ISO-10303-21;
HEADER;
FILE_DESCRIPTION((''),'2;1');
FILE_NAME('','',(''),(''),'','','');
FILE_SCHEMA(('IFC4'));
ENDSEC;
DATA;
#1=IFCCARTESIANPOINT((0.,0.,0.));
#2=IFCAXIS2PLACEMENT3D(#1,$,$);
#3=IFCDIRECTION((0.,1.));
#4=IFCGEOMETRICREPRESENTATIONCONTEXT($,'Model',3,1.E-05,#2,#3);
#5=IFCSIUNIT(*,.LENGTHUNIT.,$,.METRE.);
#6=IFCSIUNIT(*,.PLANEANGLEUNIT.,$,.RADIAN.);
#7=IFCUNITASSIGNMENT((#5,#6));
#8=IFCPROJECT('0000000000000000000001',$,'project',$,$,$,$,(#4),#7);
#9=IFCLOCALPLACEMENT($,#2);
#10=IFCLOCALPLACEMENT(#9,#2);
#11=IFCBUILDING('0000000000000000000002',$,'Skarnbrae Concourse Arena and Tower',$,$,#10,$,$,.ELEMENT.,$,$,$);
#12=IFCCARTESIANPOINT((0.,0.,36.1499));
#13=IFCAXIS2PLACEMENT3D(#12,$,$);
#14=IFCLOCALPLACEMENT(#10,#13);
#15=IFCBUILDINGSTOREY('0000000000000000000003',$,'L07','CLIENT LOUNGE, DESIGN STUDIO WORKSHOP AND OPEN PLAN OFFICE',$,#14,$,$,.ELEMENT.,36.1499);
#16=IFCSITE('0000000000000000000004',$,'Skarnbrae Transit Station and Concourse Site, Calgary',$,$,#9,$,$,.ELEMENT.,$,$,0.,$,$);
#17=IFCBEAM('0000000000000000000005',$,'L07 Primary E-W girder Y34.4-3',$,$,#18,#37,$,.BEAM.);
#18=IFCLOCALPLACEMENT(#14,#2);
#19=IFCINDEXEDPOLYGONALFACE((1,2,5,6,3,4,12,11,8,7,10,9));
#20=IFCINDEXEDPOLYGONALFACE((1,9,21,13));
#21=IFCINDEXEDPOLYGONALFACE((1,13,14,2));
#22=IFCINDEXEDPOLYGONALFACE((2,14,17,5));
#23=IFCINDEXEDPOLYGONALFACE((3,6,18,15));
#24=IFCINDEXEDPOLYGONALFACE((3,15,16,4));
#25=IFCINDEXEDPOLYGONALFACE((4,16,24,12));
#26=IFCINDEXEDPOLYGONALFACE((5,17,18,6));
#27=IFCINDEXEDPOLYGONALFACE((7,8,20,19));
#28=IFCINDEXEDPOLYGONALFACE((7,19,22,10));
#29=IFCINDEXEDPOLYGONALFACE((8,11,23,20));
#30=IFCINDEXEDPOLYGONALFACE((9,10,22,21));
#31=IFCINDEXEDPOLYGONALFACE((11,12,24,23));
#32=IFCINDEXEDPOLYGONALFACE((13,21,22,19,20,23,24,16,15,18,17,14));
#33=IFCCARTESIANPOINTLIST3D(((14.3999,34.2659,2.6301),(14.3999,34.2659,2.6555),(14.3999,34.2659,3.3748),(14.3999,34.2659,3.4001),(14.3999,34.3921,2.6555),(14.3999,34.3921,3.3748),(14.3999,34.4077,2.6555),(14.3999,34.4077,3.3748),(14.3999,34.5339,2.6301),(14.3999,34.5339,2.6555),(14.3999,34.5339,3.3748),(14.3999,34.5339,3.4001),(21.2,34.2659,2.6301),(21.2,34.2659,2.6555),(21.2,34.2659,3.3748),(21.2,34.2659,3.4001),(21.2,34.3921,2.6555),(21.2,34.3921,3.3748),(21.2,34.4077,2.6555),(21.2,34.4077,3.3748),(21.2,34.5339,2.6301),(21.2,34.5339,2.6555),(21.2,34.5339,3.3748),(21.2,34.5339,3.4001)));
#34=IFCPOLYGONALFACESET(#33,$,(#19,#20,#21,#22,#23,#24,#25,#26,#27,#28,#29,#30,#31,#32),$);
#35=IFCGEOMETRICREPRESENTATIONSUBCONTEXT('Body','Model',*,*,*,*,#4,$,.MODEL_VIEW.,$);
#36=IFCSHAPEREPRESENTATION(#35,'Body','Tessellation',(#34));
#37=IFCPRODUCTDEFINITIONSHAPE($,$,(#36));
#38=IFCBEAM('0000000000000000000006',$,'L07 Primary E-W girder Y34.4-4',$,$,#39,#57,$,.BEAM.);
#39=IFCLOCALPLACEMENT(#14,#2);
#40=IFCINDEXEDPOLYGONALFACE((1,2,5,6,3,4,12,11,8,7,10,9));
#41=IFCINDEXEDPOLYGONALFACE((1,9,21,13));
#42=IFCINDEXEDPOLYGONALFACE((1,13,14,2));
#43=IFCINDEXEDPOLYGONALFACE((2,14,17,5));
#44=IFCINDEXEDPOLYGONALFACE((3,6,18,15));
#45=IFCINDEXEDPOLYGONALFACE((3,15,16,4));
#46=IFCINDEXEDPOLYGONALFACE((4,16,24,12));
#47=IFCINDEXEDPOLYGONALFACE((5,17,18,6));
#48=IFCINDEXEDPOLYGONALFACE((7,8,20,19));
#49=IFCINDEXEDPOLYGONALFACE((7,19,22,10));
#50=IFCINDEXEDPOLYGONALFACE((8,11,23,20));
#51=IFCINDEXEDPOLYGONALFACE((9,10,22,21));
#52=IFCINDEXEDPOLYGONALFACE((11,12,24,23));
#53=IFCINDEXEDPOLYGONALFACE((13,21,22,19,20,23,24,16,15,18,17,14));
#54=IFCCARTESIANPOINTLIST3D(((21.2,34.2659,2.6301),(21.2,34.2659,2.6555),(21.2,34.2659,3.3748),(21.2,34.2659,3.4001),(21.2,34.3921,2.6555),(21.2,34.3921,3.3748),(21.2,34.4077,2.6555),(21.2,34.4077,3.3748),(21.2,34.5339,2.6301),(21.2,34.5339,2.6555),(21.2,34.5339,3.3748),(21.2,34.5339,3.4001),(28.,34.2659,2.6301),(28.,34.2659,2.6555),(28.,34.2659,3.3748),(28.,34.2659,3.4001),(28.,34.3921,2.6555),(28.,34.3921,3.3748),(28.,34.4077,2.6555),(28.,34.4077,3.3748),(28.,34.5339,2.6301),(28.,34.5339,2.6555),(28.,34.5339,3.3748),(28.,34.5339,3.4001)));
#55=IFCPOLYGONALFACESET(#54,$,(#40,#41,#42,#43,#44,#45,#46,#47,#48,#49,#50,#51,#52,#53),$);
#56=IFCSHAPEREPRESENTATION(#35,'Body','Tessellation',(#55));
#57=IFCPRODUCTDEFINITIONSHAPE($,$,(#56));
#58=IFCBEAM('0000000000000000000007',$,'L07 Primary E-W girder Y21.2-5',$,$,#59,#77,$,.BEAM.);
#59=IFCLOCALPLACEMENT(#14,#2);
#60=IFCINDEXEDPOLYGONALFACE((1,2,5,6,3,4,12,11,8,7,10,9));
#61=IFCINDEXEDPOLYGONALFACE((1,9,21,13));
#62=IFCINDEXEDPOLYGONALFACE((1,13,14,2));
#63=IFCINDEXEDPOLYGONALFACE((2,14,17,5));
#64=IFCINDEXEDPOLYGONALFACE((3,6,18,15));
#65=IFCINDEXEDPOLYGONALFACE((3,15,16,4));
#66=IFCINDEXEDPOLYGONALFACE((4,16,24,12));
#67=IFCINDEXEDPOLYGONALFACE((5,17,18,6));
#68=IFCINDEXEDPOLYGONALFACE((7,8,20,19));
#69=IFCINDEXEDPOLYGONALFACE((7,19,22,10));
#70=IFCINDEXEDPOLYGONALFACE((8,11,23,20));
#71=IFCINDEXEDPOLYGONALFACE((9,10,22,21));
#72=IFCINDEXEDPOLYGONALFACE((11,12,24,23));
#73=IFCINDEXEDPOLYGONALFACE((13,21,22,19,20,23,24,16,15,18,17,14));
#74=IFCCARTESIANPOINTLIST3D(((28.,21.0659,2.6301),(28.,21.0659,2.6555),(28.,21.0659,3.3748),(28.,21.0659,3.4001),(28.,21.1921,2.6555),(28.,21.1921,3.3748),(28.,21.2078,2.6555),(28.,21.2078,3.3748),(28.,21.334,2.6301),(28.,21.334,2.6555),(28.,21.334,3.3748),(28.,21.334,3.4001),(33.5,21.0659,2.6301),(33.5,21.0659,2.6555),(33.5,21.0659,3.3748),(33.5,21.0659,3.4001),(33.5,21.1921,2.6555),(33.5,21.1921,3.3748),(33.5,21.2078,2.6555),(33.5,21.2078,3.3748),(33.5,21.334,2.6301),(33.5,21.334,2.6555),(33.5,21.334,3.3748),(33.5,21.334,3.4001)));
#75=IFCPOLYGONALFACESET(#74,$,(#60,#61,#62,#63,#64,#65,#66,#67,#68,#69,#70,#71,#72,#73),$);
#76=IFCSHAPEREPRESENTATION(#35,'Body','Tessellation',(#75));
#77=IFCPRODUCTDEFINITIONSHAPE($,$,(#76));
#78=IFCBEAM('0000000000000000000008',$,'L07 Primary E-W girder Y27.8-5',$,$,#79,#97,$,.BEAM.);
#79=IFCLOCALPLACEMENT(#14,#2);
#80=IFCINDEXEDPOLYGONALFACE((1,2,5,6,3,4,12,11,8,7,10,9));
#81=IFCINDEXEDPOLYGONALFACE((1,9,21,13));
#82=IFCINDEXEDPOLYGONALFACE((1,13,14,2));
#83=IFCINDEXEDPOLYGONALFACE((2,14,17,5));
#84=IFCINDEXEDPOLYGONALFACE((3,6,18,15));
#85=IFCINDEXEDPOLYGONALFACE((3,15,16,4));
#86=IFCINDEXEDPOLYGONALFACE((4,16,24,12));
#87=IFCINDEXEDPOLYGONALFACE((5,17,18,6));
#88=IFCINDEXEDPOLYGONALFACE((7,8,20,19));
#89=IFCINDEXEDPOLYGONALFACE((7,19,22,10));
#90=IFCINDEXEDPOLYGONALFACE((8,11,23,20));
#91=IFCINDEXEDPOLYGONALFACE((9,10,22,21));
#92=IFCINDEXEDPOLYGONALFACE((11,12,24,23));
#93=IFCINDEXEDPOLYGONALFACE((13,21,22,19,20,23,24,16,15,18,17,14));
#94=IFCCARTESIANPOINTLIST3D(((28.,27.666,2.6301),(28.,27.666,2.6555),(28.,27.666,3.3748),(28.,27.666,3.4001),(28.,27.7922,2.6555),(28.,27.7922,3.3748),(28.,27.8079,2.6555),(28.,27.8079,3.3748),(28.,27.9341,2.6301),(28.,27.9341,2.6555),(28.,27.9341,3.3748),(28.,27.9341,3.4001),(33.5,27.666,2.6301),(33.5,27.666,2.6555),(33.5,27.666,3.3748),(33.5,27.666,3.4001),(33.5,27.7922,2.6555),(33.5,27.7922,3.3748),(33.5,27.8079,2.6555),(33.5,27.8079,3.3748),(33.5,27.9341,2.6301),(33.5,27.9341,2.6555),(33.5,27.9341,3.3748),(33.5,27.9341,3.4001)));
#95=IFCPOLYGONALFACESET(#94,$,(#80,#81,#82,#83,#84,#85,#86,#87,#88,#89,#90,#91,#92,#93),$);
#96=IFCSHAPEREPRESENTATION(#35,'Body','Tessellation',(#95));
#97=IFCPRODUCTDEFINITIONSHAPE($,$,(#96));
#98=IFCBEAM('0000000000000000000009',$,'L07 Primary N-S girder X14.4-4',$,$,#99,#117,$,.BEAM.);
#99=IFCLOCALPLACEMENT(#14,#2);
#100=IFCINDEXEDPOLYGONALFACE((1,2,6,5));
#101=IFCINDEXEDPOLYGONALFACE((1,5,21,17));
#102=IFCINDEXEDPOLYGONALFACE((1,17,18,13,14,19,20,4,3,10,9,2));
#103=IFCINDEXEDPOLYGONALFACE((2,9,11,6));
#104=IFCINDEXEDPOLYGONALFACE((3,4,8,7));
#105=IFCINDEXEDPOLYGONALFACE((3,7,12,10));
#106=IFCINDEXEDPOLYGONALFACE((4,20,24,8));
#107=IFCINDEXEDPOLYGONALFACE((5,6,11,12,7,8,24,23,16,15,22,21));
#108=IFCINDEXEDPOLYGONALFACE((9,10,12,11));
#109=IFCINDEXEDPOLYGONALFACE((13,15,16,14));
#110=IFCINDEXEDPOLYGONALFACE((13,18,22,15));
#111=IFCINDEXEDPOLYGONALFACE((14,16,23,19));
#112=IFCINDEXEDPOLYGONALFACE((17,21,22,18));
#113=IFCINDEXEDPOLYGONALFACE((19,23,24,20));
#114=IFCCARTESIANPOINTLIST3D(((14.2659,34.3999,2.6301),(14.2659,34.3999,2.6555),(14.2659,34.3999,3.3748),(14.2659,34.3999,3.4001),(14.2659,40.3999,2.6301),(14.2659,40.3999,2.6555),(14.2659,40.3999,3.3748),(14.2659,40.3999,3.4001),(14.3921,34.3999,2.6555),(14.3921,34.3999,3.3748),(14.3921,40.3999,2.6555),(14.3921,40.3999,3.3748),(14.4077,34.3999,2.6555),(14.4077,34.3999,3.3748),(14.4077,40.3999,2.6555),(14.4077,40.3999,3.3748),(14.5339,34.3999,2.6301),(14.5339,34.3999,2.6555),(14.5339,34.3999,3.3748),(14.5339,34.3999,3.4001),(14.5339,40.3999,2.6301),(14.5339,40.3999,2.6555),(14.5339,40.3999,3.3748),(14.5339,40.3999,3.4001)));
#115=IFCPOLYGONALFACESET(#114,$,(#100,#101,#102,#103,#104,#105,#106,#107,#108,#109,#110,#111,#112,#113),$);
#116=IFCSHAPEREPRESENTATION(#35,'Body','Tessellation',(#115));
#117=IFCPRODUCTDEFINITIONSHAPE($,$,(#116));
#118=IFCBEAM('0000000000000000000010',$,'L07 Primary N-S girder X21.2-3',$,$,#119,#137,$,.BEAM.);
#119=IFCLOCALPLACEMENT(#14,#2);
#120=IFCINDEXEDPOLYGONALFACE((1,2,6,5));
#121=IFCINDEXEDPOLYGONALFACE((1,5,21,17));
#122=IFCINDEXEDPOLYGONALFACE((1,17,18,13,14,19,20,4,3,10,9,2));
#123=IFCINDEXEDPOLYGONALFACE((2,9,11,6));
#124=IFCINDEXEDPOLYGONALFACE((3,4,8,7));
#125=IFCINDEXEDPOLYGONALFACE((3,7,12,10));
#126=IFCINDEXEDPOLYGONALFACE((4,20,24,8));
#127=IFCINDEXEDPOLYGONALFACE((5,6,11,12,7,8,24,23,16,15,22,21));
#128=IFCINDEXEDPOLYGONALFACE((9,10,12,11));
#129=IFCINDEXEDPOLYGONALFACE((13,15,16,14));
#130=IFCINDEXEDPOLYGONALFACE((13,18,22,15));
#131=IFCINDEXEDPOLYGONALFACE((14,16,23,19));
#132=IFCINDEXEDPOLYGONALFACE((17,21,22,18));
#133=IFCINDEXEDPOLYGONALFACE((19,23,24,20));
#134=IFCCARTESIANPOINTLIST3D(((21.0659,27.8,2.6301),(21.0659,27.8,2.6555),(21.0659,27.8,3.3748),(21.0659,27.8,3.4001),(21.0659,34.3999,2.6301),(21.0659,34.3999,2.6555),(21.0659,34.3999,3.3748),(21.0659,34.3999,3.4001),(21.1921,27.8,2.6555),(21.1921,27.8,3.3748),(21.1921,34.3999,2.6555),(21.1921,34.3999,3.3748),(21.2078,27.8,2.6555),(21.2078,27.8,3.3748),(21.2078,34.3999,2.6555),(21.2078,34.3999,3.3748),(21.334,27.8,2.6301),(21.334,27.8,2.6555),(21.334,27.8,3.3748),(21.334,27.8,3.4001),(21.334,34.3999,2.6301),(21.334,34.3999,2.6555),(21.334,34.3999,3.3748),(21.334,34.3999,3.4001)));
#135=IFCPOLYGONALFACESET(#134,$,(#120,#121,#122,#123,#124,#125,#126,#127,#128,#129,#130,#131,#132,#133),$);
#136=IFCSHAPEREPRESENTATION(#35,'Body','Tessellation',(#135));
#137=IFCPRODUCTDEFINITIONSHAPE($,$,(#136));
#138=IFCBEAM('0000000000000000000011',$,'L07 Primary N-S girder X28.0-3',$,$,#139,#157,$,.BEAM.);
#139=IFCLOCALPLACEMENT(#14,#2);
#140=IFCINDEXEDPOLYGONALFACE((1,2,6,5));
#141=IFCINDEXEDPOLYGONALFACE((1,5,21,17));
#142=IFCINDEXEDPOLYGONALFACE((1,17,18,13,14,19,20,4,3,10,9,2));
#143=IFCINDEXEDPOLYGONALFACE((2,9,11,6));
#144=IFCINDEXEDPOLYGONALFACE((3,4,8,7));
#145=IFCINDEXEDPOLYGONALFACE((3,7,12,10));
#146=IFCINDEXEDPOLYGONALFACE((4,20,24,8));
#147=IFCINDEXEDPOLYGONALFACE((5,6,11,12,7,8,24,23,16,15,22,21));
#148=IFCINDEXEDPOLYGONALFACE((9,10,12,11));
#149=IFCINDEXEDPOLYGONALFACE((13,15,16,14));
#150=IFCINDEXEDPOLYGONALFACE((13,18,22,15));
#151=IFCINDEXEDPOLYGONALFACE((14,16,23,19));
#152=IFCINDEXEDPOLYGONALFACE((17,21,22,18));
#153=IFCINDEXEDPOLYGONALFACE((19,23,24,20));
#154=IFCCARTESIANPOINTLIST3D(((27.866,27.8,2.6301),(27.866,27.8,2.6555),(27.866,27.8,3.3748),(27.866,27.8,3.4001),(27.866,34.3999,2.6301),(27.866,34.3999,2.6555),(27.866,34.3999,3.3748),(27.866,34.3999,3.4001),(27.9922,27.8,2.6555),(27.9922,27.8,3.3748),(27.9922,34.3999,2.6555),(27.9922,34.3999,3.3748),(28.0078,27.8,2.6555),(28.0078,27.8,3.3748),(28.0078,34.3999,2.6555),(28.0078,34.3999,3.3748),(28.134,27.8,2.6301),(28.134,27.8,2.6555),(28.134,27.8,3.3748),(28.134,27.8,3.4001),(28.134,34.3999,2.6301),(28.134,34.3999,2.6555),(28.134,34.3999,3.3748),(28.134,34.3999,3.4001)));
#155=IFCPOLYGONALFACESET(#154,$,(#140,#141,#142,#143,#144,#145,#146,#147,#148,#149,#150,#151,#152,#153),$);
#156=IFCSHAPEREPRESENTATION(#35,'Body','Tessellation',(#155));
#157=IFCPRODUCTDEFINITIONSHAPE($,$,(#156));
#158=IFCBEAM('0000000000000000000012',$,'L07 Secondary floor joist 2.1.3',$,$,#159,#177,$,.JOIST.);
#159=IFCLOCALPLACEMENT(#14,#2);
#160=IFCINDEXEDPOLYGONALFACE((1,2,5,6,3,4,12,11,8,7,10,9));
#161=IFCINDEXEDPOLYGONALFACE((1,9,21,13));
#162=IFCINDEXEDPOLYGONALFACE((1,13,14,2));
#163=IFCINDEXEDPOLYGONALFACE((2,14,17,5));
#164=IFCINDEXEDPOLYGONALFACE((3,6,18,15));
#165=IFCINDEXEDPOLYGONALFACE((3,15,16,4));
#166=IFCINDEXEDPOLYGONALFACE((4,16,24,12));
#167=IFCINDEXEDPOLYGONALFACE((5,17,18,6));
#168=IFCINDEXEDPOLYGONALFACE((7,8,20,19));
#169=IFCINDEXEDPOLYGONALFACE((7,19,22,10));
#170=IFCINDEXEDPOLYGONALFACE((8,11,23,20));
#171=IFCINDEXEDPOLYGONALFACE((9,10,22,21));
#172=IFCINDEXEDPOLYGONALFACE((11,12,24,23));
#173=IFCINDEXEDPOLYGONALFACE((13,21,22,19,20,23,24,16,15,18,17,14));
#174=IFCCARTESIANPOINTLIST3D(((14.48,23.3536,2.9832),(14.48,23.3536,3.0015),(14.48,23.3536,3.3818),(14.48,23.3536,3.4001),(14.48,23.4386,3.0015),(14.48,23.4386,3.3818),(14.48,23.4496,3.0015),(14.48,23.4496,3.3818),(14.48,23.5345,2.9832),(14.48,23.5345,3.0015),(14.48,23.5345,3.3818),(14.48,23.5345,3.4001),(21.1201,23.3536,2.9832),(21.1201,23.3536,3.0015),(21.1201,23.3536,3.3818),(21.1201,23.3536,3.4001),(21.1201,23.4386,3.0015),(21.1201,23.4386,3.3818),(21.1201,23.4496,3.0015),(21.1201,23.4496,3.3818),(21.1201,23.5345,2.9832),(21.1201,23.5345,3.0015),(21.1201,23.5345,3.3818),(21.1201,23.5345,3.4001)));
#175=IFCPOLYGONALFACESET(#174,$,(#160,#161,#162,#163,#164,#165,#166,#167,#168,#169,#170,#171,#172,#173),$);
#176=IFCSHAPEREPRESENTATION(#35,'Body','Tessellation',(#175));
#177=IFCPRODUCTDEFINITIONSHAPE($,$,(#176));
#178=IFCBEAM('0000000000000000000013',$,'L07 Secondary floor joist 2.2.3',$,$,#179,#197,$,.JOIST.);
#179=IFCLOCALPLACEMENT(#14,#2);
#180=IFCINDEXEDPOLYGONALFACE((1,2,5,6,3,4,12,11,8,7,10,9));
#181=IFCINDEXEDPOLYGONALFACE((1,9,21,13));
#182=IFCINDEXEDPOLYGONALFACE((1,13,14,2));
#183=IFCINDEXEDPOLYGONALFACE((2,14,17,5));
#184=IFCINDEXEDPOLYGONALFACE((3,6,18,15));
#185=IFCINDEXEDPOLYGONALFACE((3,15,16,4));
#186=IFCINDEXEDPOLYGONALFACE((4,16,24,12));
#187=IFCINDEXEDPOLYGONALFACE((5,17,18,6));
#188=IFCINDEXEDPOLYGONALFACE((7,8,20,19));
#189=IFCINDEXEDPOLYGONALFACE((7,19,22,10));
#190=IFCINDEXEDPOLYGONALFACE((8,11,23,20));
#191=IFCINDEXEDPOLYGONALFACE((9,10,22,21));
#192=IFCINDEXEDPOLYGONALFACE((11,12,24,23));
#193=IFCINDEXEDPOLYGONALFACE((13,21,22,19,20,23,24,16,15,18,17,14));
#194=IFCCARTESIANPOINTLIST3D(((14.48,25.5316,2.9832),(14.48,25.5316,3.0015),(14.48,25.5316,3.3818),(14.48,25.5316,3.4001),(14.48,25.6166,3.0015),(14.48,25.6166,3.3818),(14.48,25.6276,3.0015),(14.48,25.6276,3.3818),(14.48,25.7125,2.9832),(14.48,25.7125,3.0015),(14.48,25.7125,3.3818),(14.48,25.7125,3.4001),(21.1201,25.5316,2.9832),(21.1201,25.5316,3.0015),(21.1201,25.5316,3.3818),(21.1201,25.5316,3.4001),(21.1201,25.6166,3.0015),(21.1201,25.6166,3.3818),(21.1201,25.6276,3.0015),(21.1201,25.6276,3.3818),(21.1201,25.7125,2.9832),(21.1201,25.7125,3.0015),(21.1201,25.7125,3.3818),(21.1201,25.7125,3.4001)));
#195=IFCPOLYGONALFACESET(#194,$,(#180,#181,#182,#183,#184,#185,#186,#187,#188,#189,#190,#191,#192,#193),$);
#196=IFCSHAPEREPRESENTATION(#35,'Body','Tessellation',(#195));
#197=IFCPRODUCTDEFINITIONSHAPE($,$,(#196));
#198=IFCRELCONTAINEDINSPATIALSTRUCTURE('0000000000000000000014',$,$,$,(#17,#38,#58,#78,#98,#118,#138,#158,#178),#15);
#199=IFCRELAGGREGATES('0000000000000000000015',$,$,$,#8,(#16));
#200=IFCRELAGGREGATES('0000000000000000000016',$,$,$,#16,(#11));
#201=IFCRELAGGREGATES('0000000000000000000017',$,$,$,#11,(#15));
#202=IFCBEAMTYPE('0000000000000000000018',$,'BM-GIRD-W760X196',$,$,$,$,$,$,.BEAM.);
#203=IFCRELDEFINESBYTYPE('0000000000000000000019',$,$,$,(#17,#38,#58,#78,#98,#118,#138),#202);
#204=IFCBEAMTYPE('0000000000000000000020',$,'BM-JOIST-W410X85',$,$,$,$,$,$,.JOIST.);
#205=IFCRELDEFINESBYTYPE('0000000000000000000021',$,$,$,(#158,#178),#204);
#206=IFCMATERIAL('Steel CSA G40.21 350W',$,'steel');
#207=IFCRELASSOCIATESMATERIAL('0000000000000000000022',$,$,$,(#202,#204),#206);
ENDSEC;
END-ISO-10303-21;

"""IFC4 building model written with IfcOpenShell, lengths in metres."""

from ifc_helpers import new_model, si_unit, direction, frame, origin, origin_2d, place, context, subcontext, project, spatial, i_section, extrude, source, transform, mapped, material, material_profile, profile_set, type_object, element, save


model = new_model("IFC4")

# Units and contexts
model_context = context("Model", 3, precision=1e-05, world=origin(), true_north=direction((0.0, 1.0)))
body_context = subcontext(model_context, "Body", "Model", "MODEL_VIEW")
ifc_project = project(units=[si_unit("LENGTHUNIT", "METRE"), si_unit("PLANEANGLEUNIT", "RADIAN")], contexts=[model_context])

# Site, building, storey
site_placement = place(None, origin())
site = spatial("IfcSite", under=ifc_project, at=site_placement, Name="Skarnbrae Transit Station and Concourse Site, Calgary", CompositionType="ELEMENT", RefElevation=0.0)
building_placement = place(site_placement, origin())
building = spatial("IfcBuilding", under=site, at=building_placement, Name="Skarnbrae Concourse Arena and Tower", CompositionType="ELEMENT")
storey_placement = place(building_placement, frame((0.0, 0.0, 36.1499)))
storey = spatial("IfcBuildingStorey", under=building, at=storey_placement, Name="L07", Description="CLIENT LOUNGE, DESIGN STUDIO WORKSHOP AND OPEN PLAN OFFICE", CompositionType="ELEMENT", Elevation=36.1499)

# Shared definitions
ifc_material_1 = material(Name="Steel CSA G40.21 350W", Category="steel")

# Beams
ifc_material_profile_1 = material_profile(ifc_material_1, i_section(OverallWidth=0.2681, OverallDepth=0.77, WebThickness=0.0156, FlangeThickness=0.0254, at=origin_2d()), Name="W760X196")
ifc_profile_set_1 = profile_set([ifc_material_profile_1], Name="Steel CSA G40.21 350W")
beam_type_1 = type_object("IfcBeamType", Name="BM-GIRD-W760X196", PredefinedType="BEAM", material=ifc_profile_set_1)
shared_shape_1 = source(origin(), body_context, "Body", "SweptSolid", [
    extrude(i_section(OverallWidth=0.2681, OverallDepth=0.77, WebThickness=0.0156, FlangeThickness=0.0254, at=origin_2d()), origin(), (0.0, 0.0, 1.0), 6.8),
])
for number, where, z_axis, x_axis, name in (
    (1, (14.3999, 34.3999, 3.0151), (1.0, 0.0, 0.0), (0.0, 1.0, 0.0), "L07 Primary E-W girder Y34.4-3"),
    (2, (21.2, 34.3999, 3.0151), (1.0, 0.0, 0.0), (0.0, 1.0, 0.0), "L07 Primary E-W girder Y34.4-4"),
):
    element("IfcBeam", number, at=place(storey_placement, frame(where, z_axis=z_axis, x_axis=x_axis)), inside=storey, type_object=beam_type_1, Name=name, PredefinedType="BEAM", context=body_context, shape_type="MappedRepresentation", body=[
        mapped(shared_shape_1, transform((0.0, 0.0, 0.0))),
    ])
shared_shape_2 = source(origin(), body_context, "Body", "SweptSolid", [
    extrude(i_section(OverallWidth=0.2681, OverallDepth=0.77, WebThickness=0.0156, FlangeThickness=0.0254, at=origin_2d()), origin(), (0.0, 0.0, 1.0), 5.5),
])
for number, where, z_axis, x_axis, name in (
    (3, (28.0, 21.2, 3.0151), (1.0, 0.0, 0.0), (0.0, 1.0, 0.0), "L07 Primary E-W girder Y21.2-5"),
    (4, (28.0, 27.8, 3.0151), (1.0, 0.0, 0.0), (0.0, 1.0, 0.0), "L07 Primary E-W girder Y27.8-5"),
):
    element("IfcBeam", number, at=place(storey_placement, frame(where, z_axis=z_axis, x_axis=x_axis)), inside=storey, type_object=beam_type_1, Name=name, PredefinedType="BEAM", context=body_context, shape_type="MappedRepresentation", body=[
        mapped(shared_shape_2, transform((0.0, 0.0, 0.0))),
    ])
shared_shape_3 = source(origin(), body_context, "Body", "SweptSolid", [
    extrude(i_section(OverallWidth=0.2681, OverallDepth=0.77, WebThickness=0.0156, FlangeThickness=0.0254, at=origin_2d()), origin(), (0.0, 0.0, 1.0), 6.0),
])
beam_placement = place(storey_placement, frame((14.3999, 34.3999, 3.0151), z_axis=(0.0, 1.0, 0.0), x_axis=(-1.0, 0.0, 0.0)))
element("IfcBeam", 5, at=beam_placement, inside=storey, type_object=beam_type_1, Name="L07 Primary N-S girder X14.4-4", PredefinedType="BEAM", context=body_context, shape_type="MappedRepresentation", body=[
    mapped(shared_shape_3, transform((0.0, 0.0, 0.0))),
])
shared_shape_4 = source(origin(), body_context, "Body", "SweptSolid", [
    extrude(i_section(OverallWidth=0.2681, OverallDepth=0.77, WebThickness=0.0156, FlangeThickness=0.0254, at=origin_2d()), origin(), (0.0, 0.0, 1.0), 6.5999),
])
for number, where, z_axis, x_axis, name in (
    (6, (21.2, 27.8, 3.0151), (0.0, 1.0, 0.0), (-1.0, 0.0, 0.0), "L07 Primary N-S girder X21.2-3"),
    (7, (28.0, 27.8, 3.0151), (0.0, 1.0, 0.0), (-1.0, 0.0, 0.0), "L07 Primary N-S girder X28.0-3"),
):
    element("IfcBeam", number, at=place(storey_placement, frame(where, z_axis=z_axis, x_axis=x_axis)), inside=storey, type_object=beam_type_1, Name=name, PredefinedType="BEAM", context=body_context, shape_type="MappedRepresentation", body=[
        mapped(shared_shape_4, transform((0.0, 0.0, 0.0))),
    ])
ifc_material_profile_2 = material_profile(ifc_material_1, i_section(OverallWidth=0.1809, OverallDepth=0.417, WebThickness=0.011, FlangeThickness=0.0183, at=origin_2d()), Name="W410X85")
ifc_profile_set_2 = profile_set([ifc_material_profile_2], Name="Steel CSA G40.21 350W")
beam_type_2 = type_object("IfcBeamType", Name="BM-JOIST-W410X85", PredefinedType="JOIST", material=ifc_profile_set_2)
shared_shape_5 = source(origin(), body_context, "Body", "SweptSolid", [
    extrude(i_section(OverallWidth=0.1809, OverallDepth=0.417, WebThickness=0.011, FlangeThickness=0.0183, at=origin_2d()), origin(), (0.0, 0.0, 1.0), 6.6401),
])
for number, where, z_axis, x_axis, name in (
    (8, (14.48, 23.4441, 3.1917), (1.0, 0.0, 0.0), (0.0, 1.0, 0.0), "L07 Secondary floor joist 2.1.3"),
    (9, (14.48, 25.6221, 3.1917), (1.0, 0.0, 0.0), (0.0, 1.0, 0.0), "L07 Secondary floor joist 2.2.3"),
):
    element("IfcBeam", number, at=place(storey_placement, frame(where, z_axis=z_axis, x_axis=x_axis)), inside=storey, type_object=beam_type_2, Name=name, PredefinedType="JOIST", context=body_context, shape_type="MappedRepresentation", body=[
        mapped(shared_shape_5, transform((0.0, 0.0, 0.0))),
    ])

save(model, "model.ifc")
